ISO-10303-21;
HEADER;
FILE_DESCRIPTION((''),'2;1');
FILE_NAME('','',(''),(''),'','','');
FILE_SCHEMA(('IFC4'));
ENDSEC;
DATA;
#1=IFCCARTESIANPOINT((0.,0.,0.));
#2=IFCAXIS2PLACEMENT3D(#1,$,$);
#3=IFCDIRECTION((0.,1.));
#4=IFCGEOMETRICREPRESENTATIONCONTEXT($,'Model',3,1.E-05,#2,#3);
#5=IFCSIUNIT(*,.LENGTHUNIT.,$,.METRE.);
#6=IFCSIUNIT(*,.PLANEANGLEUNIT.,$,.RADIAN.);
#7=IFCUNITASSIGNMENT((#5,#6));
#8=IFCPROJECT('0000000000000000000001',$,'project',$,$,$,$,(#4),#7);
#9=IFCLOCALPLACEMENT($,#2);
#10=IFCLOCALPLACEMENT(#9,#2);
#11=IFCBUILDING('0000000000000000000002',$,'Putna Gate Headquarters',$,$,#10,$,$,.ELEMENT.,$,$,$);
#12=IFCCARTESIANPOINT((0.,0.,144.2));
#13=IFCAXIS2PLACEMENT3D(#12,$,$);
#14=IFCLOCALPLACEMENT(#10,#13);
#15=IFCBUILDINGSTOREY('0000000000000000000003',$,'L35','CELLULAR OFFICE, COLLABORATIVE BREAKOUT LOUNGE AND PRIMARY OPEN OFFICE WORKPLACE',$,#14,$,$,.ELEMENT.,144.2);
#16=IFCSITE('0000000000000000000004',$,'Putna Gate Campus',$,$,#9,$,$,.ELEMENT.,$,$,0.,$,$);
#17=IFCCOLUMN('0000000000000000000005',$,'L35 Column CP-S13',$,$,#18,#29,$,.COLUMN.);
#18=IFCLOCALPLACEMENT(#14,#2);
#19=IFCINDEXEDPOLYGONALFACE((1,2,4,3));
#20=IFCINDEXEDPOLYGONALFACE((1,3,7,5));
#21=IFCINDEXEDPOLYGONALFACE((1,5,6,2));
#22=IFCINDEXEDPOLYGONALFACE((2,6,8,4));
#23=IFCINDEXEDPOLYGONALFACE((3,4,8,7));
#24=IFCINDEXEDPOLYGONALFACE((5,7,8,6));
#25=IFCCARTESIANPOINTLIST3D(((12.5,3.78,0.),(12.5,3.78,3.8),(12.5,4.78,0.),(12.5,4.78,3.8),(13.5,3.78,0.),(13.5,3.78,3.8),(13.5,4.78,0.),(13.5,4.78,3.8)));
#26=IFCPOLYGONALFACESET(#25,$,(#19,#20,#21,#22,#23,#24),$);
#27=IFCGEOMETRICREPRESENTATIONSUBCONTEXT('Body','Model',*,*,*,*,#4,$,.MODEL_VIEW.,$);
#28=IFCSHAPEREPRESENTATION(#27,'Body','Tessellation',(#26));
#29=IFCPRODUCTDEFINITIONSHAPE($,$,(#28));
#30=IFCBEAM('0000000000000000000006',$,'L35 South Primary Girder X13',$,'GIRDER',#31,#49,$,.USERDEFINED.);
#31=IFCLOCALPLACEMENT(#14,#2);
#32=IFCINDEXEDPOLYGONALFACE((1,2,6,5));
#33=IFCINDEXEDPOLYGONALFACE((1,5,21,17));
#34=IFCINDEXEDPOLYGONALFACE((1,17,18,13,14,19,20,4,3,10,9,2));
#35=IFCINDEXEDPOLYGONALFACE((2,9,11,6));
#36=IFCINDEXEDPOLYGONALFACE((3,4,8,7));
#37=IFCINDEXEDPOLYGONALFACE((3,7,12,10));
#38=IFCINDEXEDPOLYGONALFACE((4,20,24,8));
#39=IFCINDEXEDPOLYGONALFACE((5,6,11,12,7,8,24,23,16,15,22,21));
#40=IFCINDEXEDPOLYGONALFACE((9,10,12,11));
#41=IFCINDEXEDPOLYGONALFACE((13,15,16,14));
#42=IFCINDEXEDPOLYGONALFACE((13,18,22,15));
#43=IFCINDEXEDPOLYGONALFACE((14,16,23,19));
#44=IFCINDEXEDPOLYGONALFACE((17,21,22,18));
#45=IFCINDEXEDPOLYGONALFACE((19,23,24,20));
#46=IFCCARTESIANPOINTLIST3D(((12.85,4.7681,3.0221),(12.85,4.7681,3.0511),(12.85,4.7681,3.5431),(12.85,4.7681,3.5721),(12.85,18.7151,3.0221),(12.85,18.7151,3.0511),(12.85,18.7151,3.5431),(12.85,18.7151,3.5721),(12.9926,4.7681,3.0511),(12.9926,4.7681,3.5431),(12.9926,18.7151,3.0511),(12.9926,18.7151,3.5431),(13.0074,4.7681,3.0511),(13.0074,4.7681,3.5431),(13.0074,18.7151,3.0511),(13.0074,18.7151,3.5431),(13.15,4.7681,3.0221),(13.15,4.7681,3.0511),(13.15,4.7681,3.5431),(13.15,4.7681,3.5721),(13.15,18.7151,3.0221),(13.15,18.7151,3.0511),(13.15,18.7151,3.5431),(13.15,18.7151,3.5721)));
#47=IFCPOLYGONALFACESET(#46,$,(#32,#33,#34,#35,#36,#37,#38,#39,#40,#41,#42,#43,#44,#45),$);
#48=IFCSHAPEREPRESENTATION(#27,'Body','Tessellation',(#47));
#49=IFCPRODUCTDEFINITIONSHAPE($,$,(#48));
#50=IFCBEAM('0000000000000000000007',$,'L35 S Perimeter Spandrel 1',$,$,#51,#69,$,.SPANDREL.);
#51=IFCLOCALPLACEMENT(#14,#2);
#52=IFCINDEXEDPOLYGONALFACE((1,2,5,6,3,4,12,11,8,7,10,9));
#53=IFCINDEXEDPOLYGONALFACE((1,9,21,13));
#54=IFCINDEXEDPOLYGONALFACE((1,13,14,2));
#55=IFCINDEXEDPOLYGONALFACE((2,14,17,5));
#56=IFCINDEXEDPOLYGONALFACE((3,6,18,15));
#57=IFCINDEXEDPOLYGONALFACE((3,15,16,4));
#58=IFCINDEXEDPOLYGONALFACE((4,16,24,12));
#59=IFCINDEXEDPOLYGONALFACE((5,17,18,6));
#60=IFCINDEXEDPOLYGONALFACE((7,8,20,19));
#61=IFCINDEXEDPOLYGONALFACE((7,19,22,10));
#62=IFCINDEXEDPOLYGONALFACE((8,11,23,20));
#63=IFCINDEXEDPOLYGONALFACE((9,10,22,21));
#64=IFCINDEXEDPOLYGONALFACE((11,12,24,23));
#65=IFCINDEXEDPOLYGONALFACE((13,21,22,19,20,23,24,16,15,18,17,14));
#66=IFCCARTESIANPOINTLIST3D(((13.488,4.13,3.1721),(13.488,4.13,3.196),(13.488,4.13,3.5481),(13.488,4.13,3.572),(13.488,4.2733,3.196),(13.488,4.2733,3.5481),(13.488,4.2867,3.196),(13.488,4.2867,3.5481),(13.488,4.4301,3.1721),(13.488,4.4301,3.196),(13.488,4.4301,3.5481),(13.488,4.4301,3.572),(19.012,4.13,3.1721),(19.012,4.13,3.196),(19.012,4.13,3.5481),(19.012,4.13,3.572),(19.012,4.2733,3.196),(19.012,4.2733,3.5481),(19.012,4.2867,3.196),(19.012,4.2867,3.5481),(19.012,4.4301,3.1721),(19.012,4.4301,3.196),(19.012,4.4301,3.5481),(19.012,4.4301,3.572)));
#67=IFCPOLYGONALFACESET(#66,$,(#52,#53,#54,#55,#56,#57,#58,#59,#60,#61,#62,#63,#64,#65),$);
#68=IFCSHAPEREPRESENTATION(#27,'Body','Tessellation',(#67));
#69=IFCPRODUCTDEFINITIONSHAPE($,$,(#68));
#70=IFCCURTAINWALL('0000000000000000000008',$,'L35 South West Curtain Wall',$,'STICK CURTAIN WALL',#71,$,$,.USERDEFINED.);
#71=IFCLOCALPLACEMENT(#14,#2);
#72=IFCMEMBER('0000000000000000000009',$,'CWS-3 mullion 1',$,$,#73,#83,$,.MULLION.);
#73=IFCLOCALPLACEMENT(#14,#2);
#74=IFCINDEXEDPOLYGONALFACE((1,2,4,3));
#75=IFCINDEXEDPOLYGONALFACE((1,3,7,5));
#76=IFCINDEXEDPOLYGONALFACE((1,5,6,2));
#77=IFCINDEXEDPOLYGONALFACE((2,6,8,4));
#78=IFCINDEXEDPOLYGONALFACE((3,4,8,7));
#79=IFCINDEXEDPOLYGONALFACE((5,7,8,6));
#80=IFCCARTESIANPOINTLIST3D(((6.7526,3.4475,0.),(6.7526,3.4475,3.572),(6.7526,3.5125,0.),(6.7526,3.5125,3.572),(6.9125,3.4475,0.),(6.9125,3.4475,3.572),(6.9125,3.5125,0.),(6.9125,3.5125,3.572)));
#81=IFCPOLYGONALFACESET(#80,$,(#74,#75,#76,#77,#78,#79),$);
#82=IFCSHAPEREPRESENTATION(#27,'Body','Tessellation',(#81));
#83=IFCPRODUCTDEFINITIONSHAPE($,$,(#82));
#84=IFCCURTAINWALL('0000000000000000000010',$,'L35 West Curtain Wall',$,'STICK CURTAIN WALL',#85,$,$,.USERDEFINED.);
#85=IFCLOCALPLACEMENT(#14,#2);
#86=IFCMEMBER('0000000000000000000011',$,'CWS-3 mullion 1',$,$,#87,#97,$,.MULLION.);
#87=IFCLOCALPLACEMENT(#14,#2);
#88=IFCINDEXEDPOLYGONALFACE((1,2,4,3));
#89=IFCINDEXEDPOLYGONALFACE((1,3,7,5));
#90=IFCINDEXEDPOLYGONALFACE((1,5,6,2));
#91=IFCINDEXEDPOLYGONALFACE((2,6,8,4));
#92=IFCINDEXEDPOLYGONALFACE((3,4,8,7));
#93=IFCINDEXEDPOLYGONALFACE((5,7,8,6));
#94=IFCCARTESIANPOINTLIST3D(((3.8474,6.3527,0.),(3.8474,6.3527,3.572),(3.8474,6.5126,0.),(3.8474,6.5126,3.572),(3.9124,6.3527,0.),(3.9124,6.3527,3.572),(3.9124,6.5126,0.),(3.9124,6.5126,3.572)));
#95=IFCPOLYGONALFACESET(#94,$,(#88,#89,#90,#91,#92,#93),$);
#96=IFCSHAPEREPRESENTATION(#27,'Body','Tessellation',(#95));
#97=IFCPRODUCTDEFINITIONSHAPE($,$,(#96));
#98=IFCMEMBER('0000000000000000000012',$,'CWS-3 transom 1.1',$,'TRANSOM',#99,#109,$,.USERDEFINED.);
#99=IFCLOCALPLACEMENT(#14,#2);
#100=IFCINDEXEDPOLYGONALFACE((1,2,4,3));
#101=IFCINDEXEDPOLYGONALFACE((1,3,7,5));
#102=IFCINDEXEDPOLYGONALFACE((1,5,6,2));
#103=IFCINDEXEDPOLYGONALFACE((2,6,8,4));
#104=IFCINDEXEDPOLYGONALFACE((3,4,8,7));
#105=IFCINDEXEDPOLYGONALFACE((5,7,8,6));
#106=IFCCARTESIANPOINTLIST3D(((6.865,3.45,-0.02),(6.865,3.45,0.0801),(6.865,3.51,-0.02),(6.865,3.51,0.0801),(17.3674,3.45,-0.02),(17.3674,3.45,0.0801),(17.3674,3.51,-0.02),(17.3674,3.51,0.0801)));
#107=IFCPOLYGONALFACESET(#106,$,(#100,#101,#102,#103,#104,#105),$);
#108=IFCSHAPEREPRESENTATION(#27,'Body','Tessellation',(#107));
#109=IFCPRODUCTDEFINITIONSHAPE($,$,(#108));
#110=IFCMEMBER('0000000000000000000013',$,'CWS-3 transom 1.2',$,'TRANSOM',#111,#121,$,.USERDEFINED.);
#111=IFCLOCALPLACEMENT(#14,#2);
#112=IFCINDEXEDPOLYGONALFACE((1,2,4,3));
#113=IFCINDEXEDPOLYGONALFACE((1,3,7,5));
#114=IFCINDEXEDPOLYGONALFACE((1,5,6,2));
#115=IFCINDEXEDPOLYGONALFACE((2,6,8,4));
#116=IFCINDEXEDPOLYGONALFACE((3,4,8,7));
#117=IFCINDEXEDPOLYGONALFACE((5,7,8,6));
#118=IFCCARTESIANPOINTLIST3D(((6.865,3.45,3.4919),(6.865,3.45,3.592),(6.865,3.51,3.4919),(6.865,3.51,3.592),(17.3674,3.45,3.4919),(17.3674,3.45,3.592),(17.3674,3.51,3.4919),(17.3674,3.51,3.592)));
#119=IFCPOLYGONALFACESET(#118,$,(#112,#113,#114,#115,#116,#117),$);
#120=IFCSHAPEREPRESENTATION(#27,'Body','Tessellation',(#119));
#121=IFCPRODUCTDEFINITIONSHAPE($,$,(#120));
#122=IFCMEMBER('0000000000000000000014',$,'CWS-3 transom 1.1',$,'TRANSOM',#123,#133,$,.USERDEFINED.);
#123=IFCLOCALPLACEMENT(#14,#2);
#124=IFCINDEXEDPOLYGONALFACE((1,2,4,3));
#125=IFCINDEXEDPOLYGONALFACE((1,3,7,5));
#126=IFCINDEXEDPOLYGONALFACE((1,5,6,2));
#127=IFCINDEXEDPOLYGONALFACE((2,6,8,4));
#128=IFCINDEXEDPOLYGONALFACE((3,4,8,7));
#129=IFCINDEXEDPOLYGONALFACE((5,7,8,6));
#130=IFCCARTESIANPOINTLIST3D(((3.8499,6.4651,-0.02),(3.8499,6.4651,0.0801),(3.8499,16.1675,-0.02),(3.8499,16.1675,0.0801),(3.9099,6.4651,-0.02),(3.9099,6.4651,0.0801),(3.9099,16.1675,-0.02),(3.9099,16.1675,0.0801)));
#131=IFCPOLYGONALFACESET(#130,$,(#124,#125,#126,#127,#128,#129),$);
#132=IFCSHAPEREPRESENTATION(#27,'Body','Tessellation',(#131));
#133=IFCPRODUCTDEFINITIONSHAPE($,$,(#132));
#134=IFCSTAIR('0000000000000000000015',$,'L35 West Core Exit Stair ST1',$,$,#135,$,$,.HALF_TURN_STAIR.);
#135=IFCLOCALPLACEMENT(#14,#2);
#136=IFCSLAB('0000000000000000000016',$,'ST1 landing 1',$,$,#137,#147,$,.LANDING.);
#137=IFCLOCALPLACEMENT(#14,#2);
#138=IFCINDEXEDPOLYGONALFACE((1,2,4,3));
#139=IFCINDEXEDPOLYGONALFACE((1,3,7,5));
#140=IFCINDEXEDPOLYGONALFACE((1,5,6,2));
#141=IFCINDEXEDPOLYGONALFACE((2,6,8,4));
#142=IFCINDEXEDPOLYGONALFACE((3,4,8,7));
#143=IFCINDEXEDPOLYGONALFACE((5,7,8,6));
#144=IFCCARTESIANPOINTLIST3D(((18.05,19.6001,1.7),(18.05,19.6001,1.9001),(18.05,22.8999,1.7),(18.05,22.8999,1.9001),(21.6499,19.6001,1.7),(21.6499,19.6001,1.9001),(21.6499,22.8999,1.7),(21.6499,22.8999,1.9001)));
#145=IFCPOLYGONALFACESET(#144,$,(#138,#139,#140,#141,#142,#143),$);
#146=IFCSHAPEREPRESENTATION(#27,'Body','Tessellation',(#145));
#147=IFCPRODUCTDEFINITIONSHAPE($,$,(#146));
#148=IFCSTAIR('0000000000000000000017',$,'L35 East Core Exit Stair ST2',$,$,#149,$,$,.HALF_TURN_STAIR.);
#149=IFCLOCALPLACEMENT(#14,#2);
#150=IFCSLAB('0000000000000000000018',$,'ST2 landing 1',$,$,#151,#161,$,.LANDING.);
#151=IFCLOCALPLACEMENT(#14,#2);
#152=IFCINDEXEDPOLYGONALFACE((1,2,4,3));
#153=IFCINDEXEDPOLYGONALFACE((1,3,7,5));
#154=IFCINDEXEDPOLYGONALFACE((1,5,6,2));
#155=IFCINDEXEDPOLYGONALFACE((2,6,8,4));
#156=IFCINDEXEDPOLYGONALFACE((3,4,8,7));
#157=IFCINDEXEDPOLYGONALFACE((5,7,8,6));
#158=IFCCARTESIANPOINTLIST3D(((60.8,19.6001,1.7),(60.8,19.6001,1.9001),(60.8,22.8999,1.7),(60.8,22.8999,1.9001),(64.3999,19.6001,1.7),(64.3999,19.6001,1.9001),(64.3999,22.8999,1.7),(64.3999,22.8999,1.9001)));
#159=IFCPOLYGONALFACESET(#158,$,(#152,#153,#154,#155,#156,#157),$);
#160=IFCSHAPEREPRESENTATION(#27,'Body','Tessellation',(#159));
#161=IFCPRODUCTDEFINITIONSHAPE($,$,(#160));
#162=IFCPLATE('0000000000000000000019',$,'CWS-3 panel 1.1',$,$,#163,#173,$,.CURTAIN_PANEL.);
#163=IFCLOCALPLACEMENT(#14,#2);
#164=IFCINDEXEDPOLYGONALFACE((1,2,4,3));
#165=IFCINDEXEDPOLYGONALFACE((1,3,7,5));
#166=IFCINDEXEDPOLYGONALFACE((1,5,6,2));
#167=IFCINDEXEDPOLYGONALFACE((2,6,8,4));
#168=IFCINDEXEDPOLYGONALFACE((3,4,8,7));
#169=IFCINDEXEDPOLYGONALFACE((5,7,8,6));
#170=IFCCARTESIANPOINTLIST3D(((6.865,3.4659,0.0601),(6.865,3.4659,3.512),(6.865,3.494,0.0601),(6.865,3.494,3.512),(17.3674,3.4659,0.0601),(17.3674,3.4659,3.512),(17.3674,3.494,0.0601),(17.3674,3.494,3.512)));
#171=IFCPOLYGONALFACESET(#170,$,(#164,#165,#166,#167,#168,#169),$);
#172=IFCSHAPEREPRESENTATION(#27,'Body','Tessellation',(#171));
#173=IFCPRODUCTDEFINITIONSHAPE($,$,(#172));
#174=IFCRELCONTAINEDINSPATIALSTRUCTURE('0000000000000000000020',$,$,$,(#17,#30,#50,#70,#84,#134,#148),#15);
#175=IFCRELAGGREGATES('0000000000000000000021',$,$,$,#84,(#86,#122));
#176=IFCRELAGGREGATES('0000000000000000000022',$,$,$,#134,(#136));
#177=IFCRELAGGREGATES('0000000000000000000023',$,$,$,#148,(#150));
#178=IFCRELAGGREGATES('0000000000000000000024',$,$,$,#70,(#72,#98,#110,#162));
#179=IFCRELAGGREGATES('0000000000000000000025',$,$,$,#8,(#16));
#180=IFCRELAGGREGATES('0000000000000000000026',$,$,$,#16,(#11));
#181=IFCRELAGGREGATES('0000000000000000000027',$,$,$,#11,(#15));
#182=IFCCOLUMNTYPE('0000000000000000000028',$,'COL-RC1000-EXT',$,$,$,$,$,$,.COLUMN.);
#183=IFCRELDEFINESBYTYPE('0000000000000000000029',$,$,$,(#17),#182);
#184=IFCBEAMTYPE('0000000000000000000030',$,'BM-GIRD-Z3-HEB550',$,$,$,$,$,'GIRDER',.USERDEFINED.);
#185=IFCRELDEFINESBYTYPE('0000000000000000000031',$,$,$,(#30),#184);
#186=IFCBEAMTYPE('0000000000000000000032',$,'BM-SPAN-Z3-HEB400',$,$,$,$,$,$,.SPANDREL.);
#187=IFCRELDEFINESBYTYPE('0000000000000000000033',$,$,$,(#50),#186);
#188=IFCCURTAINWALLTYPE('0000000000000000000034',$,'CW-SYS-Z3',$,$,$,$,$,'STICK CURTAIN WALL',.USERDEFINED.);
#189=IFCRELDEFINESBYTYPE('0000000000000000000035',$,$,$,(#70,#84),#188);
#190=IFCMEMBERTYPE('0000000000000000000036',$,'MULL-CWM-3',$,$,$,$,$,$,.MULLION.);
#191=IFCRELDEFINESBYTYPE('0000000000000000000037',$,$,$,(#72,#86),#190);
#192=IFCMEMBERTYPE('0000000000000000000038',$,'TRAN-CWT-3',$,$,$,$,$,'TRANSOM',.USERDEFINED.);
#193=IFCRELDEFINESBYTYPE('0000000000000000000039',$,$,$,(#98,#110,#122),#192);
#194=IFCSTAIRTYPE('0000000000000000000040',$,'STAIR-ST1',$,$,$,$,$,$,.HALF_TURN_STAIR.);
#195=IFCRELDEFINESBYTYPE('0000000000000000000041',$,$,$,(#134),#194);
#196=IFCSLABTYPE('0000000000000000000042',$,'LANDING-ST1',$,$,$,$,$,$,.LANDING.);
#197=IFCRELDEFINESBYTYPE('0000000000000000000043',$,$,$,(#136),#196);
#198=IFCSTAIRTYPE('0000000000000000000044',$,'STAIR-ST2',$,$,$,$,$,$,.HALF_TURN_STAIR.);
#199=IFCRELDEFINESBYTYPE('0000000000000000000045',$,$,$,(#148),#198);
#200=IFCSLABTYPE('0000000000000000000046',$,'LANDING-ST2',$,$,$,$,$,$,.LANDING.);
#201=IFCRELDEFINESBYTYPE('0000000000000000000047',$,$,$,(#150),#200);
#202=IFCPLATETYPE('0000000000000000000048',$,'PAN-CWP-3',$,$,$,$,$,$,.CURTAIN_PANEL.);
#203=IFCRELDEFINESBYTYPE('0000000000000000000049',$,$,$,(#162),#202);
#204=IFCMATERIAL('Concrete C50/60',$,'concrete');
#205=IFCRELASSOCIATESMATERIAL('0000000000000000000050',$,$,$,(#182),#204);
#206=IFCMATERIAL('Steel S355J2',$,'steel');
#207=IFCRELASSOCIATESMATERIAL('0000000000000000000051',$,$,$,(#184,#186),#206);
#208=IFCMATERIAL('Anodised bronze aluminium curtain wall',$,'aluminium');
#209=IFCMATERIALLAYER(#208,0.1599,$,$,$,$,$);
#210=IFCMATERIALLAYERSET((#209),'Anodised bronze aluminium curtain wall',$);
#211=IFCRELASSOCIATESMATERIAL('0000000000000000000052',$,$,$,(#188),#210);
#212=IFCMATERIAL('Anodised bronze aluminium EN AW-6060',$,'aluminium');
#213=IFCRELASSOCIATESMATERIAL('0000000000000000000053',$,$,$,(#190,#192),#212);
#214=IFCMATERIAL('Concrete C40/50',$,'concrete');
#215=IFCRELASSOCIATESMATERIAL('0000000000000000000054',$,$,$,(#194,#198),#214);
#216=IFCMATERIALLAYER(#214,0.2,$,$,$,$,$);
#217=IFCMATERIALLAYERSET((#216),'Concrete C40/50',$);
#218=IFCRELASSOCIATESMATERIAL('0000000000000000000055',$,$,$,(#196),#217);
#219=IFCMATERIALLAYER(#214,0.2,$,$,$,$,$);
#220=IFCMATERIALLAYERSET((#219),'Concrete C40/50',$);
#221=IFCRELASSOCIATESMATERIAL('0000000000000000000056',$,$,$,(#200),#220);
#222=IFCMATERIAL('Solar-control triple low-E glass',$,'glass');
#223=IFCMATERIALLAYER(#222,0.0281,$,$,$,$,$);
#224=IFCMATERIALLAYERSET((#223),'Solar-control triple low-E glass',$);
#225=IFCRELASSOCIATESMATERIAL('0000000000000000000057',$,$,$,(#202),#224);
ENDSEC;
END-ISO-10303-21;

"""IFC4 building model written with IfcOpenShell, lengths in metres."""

from ifc_helpers import new_model, si_unit, direction, frame, origin, origin_2d, place, context, subcontext, project, spatial, polyline, rectangle, i_section, outline, extrude, material, layer, layer_set, material_profile, profile_set, type_object, element, aggregate, save


model = new_model("IFC4")

# Units and contexts
model_context = context("Model", 3, precision=1e-05, world=origin(), true_north=direction((0.0, 1.0)))
body_context = subcontext(model_context, "Body", "Model", "MODEL_VIEW")
ifc_project = project(units=[si_unit("LENGTHUNIT", "METRE"), si_unit("PLANEANGLEUNIT", "RADIAN")], contexts=[model_context])

# Site, building, storey
site_placement = place(None, origin())
site = spatial("IfcSite", under=ifc_project, at=site_placement, Name="Putna Gate Campus", CompositionType="ELEMENT", RefElevation=0.0)
building_placement = place(site_placement, origin())
building = spatial("IfcBuilding", under=site, at=building_placement, Name="Putna Gate Headquarters", CompositionType="ELEMENT")
storey_placement = place(building_placement, frame((0.0, 0.0, 144.2)))
storey = spatial("IfcBuildingStorey", under=building, at=storey_placement, Name="L35", Description="CELLULAR OFFICE, COLLABORATIVE BREAKOUT LOUNGE AND PRIMARY OPEN OFFICE WORKPLACE", CompositionType="ELEMENT", Elevation=144.2)

# Column
ifc_material_1 = material(Name="Concrete C50/60", Category="concrete")
ifc_material_profile_1 = material_profile(ifc_material_1, rectangle(XDim=1.0, YDim=1.0, at=origin_2d()), Name="Concrete C50/60")
ifc_profile_set_1 = profile_set([ifc_material_profile_1], Name="Concrete C50/60")
column_type = type_object("IfcColumnType", Name="COL-RC1000-EXT", PredefinedType="COLUMN", material=ifc_profile_set_1)
column_placement = place(storey_placement, frame((13.0, 4.28, 0.0), z_axis=(0.0, 0.0, 1.0), x_axis=(1.0, 0.0, 0.0)))
element("IfcColumn", 1, at=column_placement, inside=storey, type_object=column_type, Name="L35 Column CP-S13", PredefinedType="COLUMN", context=body_context, shape_type="SweptSolid", body=[
    extrude(rectangle(XDim=1.0, YDim=1.0, at=origin_2d()), origin(), (0.0, 0.0, 1.0), 3.8),
])

# Beams
ifc_material_2 = material(Name="Steel S355J2", Category="steel")
ifc_material_profile_2 = material_profile(ifc_material_2, i_section(OverallWidth=0.3, OverallDepth=0.55, WebThickness=0.0149, FlangeThickness=0.0291, at=origin_2d()), Name="Steel S355J2")
ifc_profile_set_2 = profile_set([ifc_material_profile_2], Name="Steel S355J2")
beam_type_1 = type_object("IfcBeamType", Name="BM-GIRD-Z3-HEB550", ElementType="GIRDER", PredefinedType="USERDEFINED", material=ifc_profile_set_2)
beam_1_placement = place(storey_placement, frame((13.0, 4.7681, 3.2971), z_axis=(0.0, 1.0, 0.0), x_axis=(-1.0, 0.0, 0.0)))
element("IfcBeam", 2, at=beam_1_placement, inside=storey, type_object=beam_type_1, Name="L35 South Primary Girder X13", ObjectType="GIRDER", PredefinedType="USERDEFINED", context=body_context, shape_type="SweptSolid", body=[
    extrude(i_section(OverallWidth=0.3, OverallDepth=0.55, WebThickness=0.0149, FlangeThickness=0.0291, at=origin_2d()), origin(), (0.0, 0.0, 1.0), 13.947),
])
ifc_material_profile_3 = material_profile(ifc_material_2, i_section(OverallWidth=0.3, OverallDepth=0.3999, WebThickness=0.0134, FlangeThickness=0.0239, at=origin_2d()), Name="Steel S355J2")
ifc_profile_set_3 = profile_set([ifc_material_profile_3], Name="Steel S355J2")
beam_type_2 = type_object("IfcBeamType", Name="BM-SPAN-Z3-HEB400", PredefinedType="SPANDREL", material=ifc_profile_set_3)
beam_2_placement = place(storey_placement, frame((13.488, 4.28, 3.3721), z_axis=(1.0, 0.0, 0.0), x_axis=(0.0, 1.0, 0.0)))
element("IfcBeam", 3, at=beam_2_placement, inside=storey, type_object=beam_type_2, Name="L35 S Perimeter Spandrel 1", PredefinedType="SPANDREL", context=body_context, shape_type="SweptSolid", body=[
    extrude(i_section(OverallWidth=0.3, OverallDepth=0.3999, WebThickness=0.0134, FlangeThickness=0.0239, at=origin_2d()), origin(), (0.0, 0.0, 1.0), 5.5239),
])

# Curtain walls, members
ifc_material_3 = material(Name="Anodised bronze aluminium curtain wall", Category="aluminium")
ifc_layer_1 = layer(ifc_material_3, 0.1599)
ifc_layer_set_1 = layer_set([ifc_layer_1], Name="Anodised bronze aluminium curtain wall")
curtain_wall_type = type_object("IfcCurtainWallType", Name="CW-SYS-Z3", ElementType="STICK CURTAIN WALL", PredefinedType="USERDEFINED", material=ifc_layer_set_1)
curtain_wall_1_placement = place(storey_placement, origin())
curtain_wall_1 = element("IfcCurtainWall", 4, at=curtain_wall_1_placement, inside=storey, type_object=curtain_wall_type, Name="L35 South West Curtain Wall", ObjectType="STICK CURTAIN WALL", PredefinedType="USERDEFINED")
ifc_material_4 = material(Name="Anodised bronze aluminium EN AW-6060", Category="aluminium")
ifc_material_profile_4 = material_profile(ifc_material_4, rectangle(XDim=0.0649, YDim=0.1599, at=origin_2d()), Name="Anodised bronze aluminium EN AW-6060")
ifc_profile_set_4 = profile_set([ifc_material_profile_4], Name="Anodised bronze aluminium EN AW-6060")
member_type_1 = type_object("IfcMemberType", Name="MULL-CWM-3", PredefinedType="MULLION", material=ifc_profile_set_4)
member_1_placement = place(storey_placement, frame((6.8325, 3.48, 0.0), z_axis=(0.0, 0.0, 1.0), x_axis=(0.0, 1.0, 0.0)))
member_1 = element("IfcMember", 5, at=member_1_placement, type_object=member_type_1, Name="CWS-3 mullion 1", PredefinedType="MULLION", context=body_context, shape_type="SweptSolid", body=[
    extrude(rectangle(XDim=0.0649, YDim=0.1599, at=origin_2d()), origin(), (0.0, 0.0, 1.0), 3.572),
])
curtain_wall_2_placement = place(storey_placement, origin())
curtain_wall_2 = element("IfcCurtainWall", 6, at=curtain_wall_2_placement, inside=storey, type_object=curtain_wall_type, Name="L35 West Curtain Wall", ObjectType="STICK CURTAIN WALL", PredefinedType="USERDEFINED")
member_2_placement = place(storey_placement, frame((3.8799, 6.4326, 0.0), z_axis=(0.0, 0.0, 1.0), x_axis=(-1.0, 0.0, 0.0)))
member_2 = element("IfcMember", 7, at=member_2_placement, type_object=member_type_1, Name="CWS-3 mullion 1", PredefinedType="MULLION", context=body_context, shape_type="SweptSolid", body=[
    extrude(rectangle(XDim=0.0649, YDim=0.1599, at=origin_2d()), origin(), (0.0, 0.0, 1.0), 3.572),
])

# Members
ifc_material_profile_5 = material_profile(ifc_material_4, rectangle(XDim=0.0601, YDim=0.1001, at=origin_2d()), Name="Anodised bronze aluminium EN AW-6060")
ifc_profile_set_5 = profile_set([ifc_material_profile_5], Name="Anodised bronze aluminium EN AW-6060")
member_type_2 = type_object("IfcMemberType", Name="TRAN-CWT-3", ElementType="TRANSOM", PredefinedType="USERDEFINED", material=ifc_profile_set_5)
member_3_placement = place(storey_placement, frame((6.865, 3.48, 0.03), z_axis=(1.0, 0.0, 0.0), x_axis=(0.0, 1.0, 0.0)))
member_3 = element("IfcMember", 8, at=member_3_placement, type_object=member_type_2, Name="CWS-3 transom 1.1", ObjectType="TRANSOM", PredefinedType="USERDEFINED", context=body_context, shape_type="SweptSolid", body=[
    extrude(rectangle(XDim=0.0601, YDim=0.1001, at=origin_2d()), origin(), (0.0, 0.0, 1.0), 10.5024),
])
member_4_placement = place(storey_placement, frame((6.865, 3.48, 3.542), z_axis=(1.0, 0.0, 0.0), x_axis=(0.0, 1.0, 0.0)))
member_4 = element("IfcMember", 9, at=member_4_placement, type_object=member_type_2, Name="CWS-3 transom 1.2", ObjectType="TRANSOM", PredefinedType="USERDEFINED", context=body_context, shape_type="SweptSolid", body=[
    extrude(rectangle(XDim=0.0601, YDim=0.1001, at=origin_2d()), origin(), (0.0, 0.0, 1.0), 10.5024),
])
member_5_placement = place(storey_placement, frame((3.8799, 6.4651, 0.03), z_axis=(0.0, 1.0, 0.0), x_axis=(-1.0, 0.0, 0.0)))
member_5 = element("IfcMember", 10, at=member_5_placement, type_object=member_type_2, Name="CWS-3 transom 1.1", ObjectType="TRANSOM", PredefinedType="USERDEFINED", context=body_context, shape_type="SweptSolid", body=[
    extrude(rectangle(XDim=0.0601, YDim=0.1001, at=origin_2d()), origin(), (0.0, 0.0, 1.0), 9.7024),
])
aggregate(curtain_wall_2, [member_2, member_5])

# Stairs, slabs
ifc_material_5 = material(Name="Concrete C40/50", Category="concrete")
stair_type_1 = type_object("IfcStairType", Name="STAIR-ST1", PredefinedType="HALF_TURN_STAIR", material=ifc_material_5)
stair_1_placement = place(storey_placement, origin())
stair_1 = element("IfcStair", 11, at=stair_1_placement, inside=storey, type_object=stair_type_1, Name="L35 West Core Exit Stair ST1", PredefinedType="HALF_TURN_STAIR")
ifc_layer_2 = layer(ifc_material_5, 0.2)
ifc_layer_set_2 = layer_set([ifc_layer_2], Name="Concrete C40/50")
slab_type_1 = type_object("IfcSlabType", Name="LANDING-ST1", PredefinedType="LANDING", material=ifc_layer_set_2)
slab_1_placement = place(storey_placement, frame((0.0, 0.0, 1.7)))
slab_1 = element("IfcSlab", 12, at=slab_1_placement, type_object=slab_type_1, Name="ST1 landing 1", PredefinedType="LANDING", context=body_context, shape_type="SweptSolid", body=[
    extrude(outline(polyline([(18.05, 19.6001), (21.6499, 19.6001), (21.6499, 22.8999), (18.05, 22.8999), (18.05, 19.6001)])), origin(), (0.0, 0.0, 1.0), 0.2002),
])
aggregate(stair_1, [slab_1])
stair_type_2 = type_object("IfcStairType", Name="STAIR-ST2", PredefinedType="HALF_TURN_STAIR", material=ifc_material_5)
stair_2_placement = place(storey_placement, origin())
stair_2 = element("IfcStair", 13, at=stair_2_placement, inside=storey, type_object=stair_type_2, Name="L35 East Core Exit Stair ST2", PredefinedType="HALF_TURN_STAIR")
ifc_layer_3 = layer(ifc_material_5, 0.2)
ifc_layer_set_3 = layer_set([ifc_layer_3], Name="Concrete C40/50")
slab_type_2 = type_object("IfcSlabType", Name="LANDING-ST2", PredefinedType="LANDING", material=ifc_layer_set_3)
slab_2_placement = place(storey_placement, frame((0.0, 0.0, 1.7)))
slab_2 = element("IfcSlab", 14, at=slab_2_placement, type_object=slab_type_2, Name="ST2 landing 1", PredefinedType="LANDING", context=body_context, shape_type="SweptSolid", body=[
    extrude(outline(polyline([(60.8, 19.6001), (64.3999, 19.6001), (64.3999, 22.8999), (60.8, 22.8999), (60.8, 19.6001)])), origin(), (0.0, 0.0, 1.0), 0.2002),
])
aggregate(stair_2, [slab_2])

# Plate
ifc_material_6 = material(Name="Solar-control triple low-E glass", Category="glass")
ifc_layer_4 = layer(ifc_material_6, 0.0281)
ifc_layer_set_4 = layer_set([ifc_layer_4], Name="Solar-control triple low-E glass")
plate_type = type_object("IfcPlateType", Name="PAN-CWP-3", PredefinedType="CURTAIN_PANEL", material=ifc_layer_set_4)
plate_placement = place(storey_placement, frame((12.1162, 3.48, 0.0601), z_axis=(0.0, 0.0, 1.0), x_axis=(1.0, 0.0, 0.0)))
plate = element("IfcPlate", 15, at=plate_placement, type_object=plate_type, Name="CWS-3 panel 1.1", PredefinedType="CURTAIN_PANEL", context=body_context, shape_type="SweptSolid", body=[
    extrude(rectangle(XDim=10.5024, YDim=0.0281, at=origin_2d()), origin(), (0.0, 0.0, 1.0), 3.4519),
])
aggregate(curtain_wall_1, [member_1, member_3, member_4, plate])

save(model, "model.ifc")
